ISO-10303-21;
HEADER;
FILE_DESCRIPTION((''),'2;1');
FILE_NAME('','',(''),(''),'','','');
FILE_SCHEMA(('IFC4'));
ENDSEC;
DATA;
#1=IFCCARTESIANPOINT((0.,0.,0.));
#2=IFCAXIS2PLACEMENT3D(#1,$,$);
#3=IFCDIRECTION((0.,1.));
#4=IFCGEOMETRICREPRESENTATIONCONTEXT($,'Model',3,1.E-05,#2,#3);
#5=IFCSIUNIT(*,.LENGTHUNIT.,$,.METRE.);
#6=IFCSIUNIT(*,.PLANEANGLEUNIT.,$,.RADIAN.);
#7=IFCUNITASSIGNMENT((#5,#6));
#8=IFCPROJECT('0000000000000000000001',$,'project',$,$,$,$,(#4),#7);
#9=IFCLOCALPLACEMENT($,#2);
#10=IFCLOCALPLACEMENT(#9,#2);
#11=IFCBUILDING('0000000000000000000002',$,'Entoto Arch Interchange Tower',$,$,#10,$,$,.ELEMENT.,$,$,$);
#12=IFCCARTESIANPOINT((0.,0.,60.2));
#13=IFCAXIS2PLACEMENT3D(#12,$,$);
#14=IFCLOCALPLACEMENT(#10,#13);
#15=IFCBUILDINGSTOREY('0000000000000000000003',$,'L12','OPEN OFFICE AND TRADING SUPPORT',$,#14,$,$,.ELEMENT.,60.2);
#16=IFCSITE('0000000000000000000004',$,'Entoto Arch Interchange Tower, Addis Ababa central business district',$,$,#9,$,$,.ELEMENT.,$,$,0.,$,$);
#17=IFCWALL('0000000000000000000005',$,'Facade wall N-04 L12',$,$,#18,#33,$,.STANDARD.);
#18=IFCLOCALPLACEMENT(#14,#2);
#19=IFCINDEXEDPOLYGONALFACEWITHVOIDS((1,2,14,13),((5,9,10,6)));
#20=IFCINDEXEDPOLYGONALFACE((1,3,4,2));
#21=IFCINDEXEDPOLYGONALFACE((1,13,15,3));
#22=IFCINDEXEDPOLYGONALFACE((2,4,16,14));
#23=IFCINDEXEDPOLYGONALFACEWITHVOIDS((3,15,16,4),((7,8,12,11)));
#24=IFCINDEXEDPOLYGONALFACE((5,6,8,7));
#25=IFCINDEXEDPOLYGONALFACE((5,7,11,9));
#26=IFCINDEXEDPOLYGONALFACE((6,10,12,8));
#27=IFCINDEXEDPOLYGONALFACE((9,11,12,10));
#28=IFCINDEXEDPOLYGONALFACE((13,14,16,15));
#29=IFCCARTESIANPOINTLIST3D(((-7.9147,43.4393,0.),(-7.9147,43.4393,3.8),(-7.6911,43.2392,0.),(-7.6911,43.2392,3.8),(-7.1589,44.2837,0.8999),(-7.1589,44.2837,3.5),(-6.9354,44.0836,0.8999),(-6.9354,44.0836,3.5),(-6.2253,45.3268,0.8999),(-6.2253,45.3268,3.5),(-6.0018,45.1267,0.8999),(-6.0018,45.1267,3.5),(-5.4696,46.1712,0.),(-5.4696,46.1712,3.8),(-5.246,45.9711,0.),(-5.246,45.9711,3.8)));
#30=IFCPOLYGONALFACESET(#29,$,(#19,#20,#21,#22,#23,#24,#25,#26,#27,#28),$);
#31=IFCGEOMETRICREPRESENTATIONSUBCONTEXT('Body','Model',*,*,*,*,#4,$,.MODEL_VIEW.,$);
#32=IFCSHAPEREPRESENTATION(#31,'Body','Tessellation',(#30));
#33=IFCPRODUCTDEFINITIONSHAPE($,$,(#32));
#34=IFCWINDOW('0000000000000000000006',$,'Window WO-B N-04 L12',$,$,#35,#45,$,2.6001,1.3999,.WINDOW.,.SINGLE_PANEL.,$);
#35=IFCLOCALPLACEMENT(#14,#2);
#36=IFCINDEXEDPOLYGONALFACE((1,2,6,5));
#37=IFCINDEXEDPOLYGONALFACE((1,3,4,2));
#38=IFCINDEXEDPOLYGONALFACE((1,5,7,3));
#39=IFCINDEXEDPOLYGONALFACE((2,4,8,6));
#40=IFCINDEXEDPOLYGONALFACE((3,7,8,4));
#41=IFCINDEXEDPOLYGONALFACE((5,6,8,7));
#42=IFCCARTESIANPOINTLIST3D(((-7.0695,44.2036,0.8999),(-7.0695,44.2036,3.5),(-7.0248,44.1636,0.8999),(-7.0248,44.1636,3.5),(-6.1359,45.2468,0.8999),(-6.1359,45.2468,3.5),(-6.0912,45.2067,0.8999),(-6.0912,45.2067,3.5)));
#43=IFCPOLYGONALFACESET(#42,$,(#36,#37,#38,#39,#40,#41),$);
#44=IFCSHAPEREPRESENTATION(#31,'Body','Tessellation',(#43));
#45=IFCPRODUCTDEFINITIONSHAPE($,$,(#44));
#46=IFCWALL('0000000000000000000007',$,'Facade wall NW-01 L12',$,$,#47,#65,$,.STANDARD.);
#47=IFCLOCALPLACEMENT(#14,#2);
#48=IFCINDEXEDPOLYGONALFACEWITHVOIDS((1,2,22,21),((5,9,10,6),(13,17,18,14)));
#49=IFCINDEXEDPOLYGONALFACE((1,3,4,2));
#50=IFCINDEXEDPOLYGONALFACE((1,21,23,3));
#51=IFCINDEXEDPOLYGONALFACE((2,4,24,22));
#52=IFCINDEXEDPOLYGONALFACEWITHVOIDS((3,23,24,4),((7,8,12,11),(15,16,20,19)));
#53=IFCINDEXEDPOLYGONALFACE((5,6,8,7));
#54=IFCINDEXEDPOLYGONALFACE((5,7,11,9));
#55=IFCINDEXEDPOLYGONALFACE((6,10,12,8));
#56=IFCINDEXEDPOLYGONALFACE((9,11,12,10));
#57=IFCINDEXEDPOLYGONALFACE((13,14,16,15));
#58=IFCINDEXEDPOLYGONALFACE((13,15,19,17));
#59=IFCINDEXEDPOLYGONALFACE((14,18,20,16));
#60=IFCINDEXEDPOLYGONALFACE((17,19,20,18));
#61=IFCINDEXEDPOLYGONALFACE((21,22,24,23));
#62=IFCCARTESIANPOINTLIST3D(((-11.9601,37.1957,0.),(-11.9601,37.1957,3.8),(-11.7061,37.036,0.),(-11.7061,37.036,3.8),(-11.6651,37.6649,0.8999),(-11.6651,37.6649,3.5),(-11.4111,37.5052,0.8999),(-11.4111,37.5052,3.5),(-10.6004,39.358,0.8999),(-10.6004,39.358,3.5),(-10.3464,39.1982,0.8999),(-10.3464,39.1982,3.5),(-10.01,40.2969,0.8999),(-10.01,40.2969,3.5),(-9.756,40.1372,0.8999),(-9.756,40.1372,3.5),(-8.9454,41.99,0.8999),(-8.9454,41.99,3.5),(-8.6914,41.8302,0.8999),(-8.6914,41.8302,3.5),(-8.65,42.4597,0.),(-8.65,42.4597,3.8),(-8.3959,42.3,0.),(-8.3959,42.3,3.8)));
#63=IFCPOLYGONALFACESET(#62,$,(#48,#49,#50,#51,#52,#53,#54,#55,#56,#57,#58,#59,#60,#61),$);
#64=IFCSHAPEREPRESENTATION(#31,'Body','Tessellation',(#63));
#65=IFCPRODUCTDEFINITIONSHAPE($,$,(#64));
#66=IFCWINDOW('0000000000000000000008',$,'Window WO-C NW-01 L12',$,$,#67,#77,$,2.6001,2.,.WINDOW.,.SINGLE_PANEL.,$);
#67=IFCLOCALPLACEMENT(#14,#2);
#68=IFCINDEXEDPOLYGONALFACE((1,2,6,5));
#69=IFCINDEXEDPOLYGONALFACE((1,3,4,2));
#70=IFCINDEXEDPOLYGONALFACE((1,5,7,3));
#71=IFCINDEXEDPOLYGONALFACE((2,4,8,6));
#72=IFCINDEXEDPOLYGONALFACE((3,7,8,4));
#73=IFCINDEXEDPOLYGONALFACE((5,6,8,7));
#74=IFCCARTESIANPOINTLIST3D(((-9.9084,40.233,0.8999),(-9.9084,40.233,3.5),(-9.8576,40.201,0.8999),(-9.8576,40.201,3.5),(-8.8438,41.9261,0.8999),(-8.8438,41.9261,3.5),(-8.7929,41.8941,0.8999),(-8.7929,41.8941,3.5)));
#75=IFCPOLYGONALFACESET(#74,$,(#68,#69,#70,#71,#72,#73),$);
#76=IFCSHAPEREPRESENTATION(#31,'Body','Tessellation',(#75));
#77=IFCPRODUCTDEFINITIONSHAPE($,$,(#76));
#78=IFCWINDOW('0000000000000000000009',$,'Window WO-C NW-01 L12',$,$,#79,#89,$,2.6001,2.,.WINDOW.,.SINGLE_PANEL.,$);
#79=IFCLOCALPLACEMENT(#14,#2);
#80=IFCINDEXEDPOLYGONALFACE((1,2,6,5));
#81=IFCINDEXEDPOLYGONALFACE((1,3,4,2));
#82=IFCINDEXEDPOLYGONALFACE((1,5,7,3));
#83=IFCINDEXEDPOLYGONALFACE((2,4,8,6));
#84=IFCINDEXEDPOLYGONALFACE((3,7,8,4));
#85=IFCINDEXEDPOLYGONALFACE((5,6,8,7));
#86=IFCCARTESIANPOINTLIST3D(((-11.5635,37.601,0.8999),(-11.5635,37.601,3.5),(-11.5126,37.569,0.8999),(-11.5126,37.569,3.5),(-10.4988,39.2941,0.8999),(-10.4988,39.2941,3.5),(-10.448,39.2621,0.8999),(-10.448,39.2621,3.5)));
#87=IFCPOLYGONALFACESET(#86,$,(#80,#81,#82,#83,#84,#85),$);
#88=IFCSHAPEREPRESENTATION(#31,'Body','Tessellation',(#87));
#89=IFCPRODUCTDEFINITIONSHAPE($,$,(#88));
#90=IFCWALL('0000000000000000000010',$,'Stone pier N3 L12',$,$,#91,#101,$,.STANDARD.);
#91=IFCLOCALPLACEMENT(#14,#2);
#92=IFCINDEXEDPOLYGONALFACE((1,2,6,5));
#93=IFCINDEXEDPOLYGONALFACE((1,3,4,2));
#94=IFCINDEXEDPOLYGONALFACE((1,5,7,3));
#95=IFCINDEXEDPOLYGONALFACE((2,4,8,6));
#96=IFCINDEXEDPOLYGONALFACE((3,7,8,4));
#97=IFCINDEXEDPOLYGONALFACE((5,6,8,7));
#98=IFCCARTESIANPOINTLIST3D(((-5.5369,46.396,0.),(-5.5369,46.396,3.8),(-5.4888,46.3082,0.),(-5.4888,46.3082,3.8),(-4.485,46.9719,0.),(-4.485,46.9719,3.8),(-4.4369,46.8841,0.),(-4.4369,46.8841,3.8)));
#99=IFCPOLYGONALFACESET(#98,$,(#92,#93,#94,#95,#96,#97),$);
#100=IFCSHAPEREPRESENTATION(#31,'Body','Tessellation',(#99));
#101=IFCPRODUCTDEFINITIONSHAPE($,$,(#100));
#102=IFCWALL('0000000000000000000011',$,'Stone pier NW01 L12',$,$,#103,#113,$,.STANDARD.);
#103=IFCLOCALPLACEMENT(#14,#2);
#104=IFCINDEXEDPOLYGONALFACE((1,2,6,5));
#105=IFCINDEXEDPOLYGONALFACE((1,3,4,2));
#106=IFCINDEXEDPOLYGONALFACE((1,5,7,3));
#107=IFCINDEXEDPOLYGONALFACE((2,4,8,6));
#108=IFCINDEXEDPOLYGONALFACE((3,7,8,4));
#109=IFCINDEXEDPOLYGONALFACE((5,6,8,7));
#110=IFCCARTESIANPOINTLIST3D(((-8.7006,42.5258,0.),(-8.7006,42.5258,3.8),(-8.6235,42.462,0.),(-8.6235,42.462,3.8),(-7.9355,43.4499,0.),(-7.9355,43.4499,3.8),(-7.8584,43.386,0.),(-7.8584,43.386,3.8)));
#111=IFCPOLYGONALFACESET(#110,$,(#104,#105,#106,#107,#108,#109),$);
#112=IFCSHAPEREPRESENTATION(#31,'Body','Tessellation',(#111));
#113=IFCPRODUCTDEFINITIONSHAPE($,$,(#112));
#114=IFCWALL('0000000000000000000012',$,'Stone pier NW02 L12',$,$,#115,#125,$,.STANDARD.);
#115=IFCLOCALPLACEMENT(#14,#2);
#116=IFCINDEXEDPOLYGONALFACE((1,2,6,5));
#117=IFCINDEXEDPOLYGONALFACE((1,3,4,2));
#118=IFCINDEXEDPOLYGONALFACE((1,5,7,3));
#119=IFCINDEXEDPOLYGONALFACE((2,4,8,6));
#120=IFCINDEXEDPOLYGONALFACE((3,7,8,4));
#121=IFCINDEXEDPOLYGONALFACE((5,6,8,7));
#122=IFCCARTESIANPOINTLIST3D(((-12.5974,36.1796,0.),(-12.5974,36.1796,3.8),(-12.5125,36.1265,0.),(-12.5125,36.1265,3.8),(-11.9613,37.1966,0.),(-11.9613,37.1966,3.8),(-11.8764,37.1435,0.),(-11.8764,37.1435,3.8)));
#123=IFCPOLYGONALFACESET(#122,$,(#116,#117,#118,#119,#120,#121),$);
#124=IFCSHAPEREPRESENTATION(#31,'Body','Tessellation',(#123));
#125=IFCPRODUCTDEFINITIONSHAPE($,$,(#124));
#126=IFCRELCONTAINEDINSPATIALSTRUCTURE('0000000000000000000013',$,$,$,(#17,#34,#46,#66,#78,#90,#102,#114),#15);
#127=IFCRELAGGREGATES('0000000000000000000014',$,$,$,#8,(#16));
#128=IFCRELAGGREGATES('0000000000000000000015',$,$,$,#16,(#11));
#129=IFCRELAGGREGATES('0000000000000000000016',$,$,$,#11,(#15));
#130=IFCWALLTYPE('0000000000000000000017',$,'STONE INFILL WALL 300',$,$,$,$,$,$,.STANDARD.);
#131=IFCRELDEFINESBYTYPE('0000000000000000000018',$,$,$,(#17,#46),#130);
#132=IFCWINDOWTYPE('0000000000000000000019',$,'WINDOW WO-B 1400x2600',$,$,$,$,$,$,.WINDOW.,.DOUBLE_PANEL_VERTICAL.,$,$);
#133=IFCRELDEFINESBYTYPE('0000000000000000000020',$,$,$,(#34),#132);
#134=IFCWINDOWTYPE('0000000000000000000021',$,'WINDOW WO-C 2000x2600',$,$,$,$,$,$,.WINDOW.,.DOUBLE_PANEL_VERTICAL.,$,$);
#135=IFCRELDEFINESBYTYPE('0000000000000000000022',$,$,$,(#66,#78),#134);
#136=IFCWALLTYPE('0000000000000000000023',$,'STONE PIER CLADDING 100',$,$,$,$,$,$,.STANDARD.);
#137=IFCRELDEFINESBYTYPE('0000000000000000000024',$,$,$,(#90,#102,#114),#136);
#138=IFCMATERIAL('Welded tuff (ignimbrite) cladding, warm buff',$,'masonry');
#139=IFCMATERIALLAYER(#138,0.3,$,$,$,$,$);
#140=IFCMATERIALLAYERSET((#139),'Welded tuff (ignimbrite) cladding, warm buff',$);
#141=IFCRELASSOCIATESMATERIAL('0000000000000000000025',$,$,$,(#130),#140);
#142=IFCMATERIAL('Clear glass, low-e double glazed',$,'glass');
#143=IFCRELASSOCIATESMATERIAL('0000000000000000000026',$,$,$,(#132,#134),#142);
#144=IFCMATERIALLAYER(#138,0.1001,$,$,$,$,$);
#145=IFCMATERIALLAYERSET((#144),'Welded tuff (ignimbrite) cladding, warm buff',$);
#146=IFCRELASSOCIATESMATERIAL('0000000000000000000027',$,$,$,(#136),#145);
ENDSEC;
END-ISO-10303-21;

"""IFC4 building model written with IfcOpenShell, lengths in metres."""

from ifc_helpers import new_model, si_unit, direction, frame, frame_2d, origin, place, context, subcontext, project, spatial, rectangle, extrude, material, layer, layer_set, type_object, element, fill, save


model = new_model("IFC4")

# Units and contexts
model_context = context("Model", 3, precision=1e-05, world=origin(), true_north=direction((0.0, 1.0)))
body_context = subcontext(model_context, "Body", "Model", "MODEL_VIEW")
ifc_project = project(units=[si_unit("LENGTHUNIT", "METRE"), si_unit("PLANEANGLEUNIT", "RADIAN")], contexts=[model_context])

# Site, building, storey
site_placement = place(None, origin())
site = spatial("IfcSite", under=ifc_project, at=site_placement, Name="Entoto Arch Interchange Tower, Addis Ababa central business district", CompositionType="ELEMENT", RefElevation=0.0)
building_placement = place(site_placement, origin())
building = spatial("IfcBuilding", under=site, at=building_placement, Name="Entoto Arch Interchange Tower", CompositionType="ELEMENT")
storey_placement = place(building_placement, frame((0.0, 0.0, 60.2)))
storey = spatial("IfcBuildingStorey", under=building, at=storey_placement, Name="L12", Description="OPEN OFFICE AND TRADING SUPPORT", CompositionType="ELEMENT", Elevation=60.2)

# Wall, opening, window
ifc_material_1 = material(Name="Welded tuff (ignimbrite) cladding, warm buff", Category="masonry")
ifc_layer_1 = layer(ifc_material_1, 0.3)
ifc_layer_set_1 = layer_set([ifc_layer_1], Name="Welded tuff (ignimbrite) cladding, warm buff")
wall_type_1 = type_object("IfcWallType", Name="STONE INFILL WALL 300", PredefinedType="STANDARD", material=ifc_layer_set_1)
ifc_material_2 = material(Name="Clear glass, low-e double glazed", Category="glass")
window_type_1 = type_object("IfcWindowType", Name="WINDOW WO-B 1400x2600", PartitioningType="DOUBLE_PANEL_VERTICAL", PredefinedType="WINDOW", material=ifc_material_2)
wall_1_placement = place(storey_placement, frame((-5.3579, 46.071, 0.0), z_axis=(0.0, 0.0, 1.0), x_axis=(-0.666902, -0.745146, 0.0)))
wall_1 = element("IfcWall", 1, at=wall_1_placement, inside=storey, type_object=wall_type_1, Name="Facade wall N-04 L12", PredefinedType="STANDARD", context=body_context, shape_type="SweptSolid", body=[
    extrude(rectangle(XDim=3.6663, YDim=0.3, at=frame_2d((1.833, 0.0))), origin(), (0.0, 0.0, 1.0), 3.8),
])
opening_1_placement = place(wall_1_placement, frame((1.1331, 0.0, 0.8999)))
opening_1 = element("IfcOpeningElement", 2, at=opening_1_placement, cuts=wall_1, PredefinedType="OPENING", context=body_context, shape_type="SweptSolid", body=[
    extrude(rectangle(XDim=1.3999, YDim=2.6001, at=frame_2d((0.7, 1.3))), frame((0.0, 0.1602, 0.0), z_axis=(0.0, -1.0, 0.0), x_axis=(1.0, 0.0, 0.0)), (0.0, 0.0, 1.0), 0.3201),
])
window_1_placement = place(opening_1_placement, origin())
window_1 = element("IfcWindow", 3, at=window_1_placement, inside=storey, type_object=window_type_1, Name="Window WO-B N-04 L12", OverallHeight=2.6001, OverallWidth=1.3999, PartitioningType="SINGLE_PANEL", PredefinedType="WINDOW", context=body_context, shape_type="SweptSolid", body=[
    extrude(rectangle(XDim=1.3999, YDim=2.6001, at=frame_2d((0.7, 1.3))), frame((0.0, 0.03, 0.0), z_axis=(0.0, -1.0, 0.0), x_axis=(1.0, 0.0, 0.0)), (0.0, 0.0, 1.0), 0.0601),
])
fill(opening_1, window_1)

# Wall, openings, windows
wall_2_placement = place(storey_placement, frame((-8.5229, 42.3799, 0.0), z_axis=(0.0, 0.0, 1.0), x_axis=(-0.532323, -0.846542, 0.0)))
wall_2 = element("IfcWall", 4, at=wall_2_placement, inside=storey, type_object=wall_type_1, Name="Facade wall NW-01 L12", PredefinedType="STANDARD", context=body_context, shape_type="SweptSolid", body=[
    extrude(rectangle(XDim=6.2183, YDim=0.3, at=frame_2d((3.1091, 0.0))), origin(), (0.0, 0.0, 1.0), 3.8),
])
opening_2_placement = place(wall_2_placement, frame((0.5549, 0.0, 0.8999)))
opening_2 = element("IfcOpeningElement", 5, at=opening_2_placement, cuts=wall_2, PredefinedType="OPENING", context=body_context, shape_type="SweptSolid", body=[
    extrude(rectangle(XDim=2.0, YDim=2.6001, at=frame_2d((1.0, 1.3))), frame((0.0, 0.1602, 0.0), z_axis=(0.0, -1.0, 0.0), x_axis=(1.0, 0.0, 0.0)), (0.0, 0.0, 1.0), 0.3201),
])
opening_3_placement = place(wall_2_placement, frame((3.6641, 0.0, 0.8999)))
opening_3 = element("IfcOpeningElement", 6, at=opening_3_placement, cuts=wall_2, PredefinedType="OPENING", context=body_context, shape_type="SweptSolid", body=[
    extrude(rectangle(XDim=2.0, YDim=2.6001, at=frame_2d((1.0, 1.3))), frame((0.0, 0.1602, 0.0), z_axis=(0.0, -1.0, 0.0), x_axis=(1.0, 0.0, 0.0)), (0.0, 0.0, 1.0), 0.3201),
])
window_type_2 = type_object("IfcWindowType", Name="WINDOW WO-C 2000x2600", PartitioningType="DOUBLE_PANEL_VERTICAL", PredefinedType="WINDOW", material=ifc_material_2)
window_2_placement = place(opening_2_placement, origin())
window_2 = element("IfcWindow", 7, at=window_2_placement, inside=storey, type_object=window_type_2, Name="Window WO-C NW-01 L12", OverallHeight=2.6001, OverallWidth=2.0, PartitioningType="SINGLE_PANEL", PredefinedType="WINDOW", context=body_context, shape_type="SweptSolid", body=[
    extrude(rectangle(XDim=2.0, YDim=2.6001, at=frame_2d((1.0, 1.3))), frame((0.0, 0.03, 0.0), z_axis=(0.0, -1.0, 0.0), x_axis=(1.0, 0.0, 0.0)), (0.0, 0.0, 1.0), 0.0601),
])
fill(opening_2, window_2)
window_3_placement = place(opening_3_placement, origin())
window_3 = element("IfcWindow", 8, at=window_3_placement, inside=storey, type_object=window_type_2, Name="Window WO-C NW-01 L12", OverallHeight=2.6001, OverallWidth=2.0, PartitioningType="SINGLE_PANEL", PredefinedType="WINDOW", context=body_context, shape_type="SweptSolid", body=[
    extrude(rectangle(XDim=2.0, YDim=2.6001, at=frame_2d((1.0, 1.3))), frame((0.0, 0.03, 0.0), z_axis=(0.0, -1.0, 0.0), x_axis=(1.0, 0.0, 0.0)), (0.0, 0.0, 1.0), 0.0601),
])
fill(opening_3, window_3)

# Walls
ifc_layer_2 = layer(ifc_material_1, 0.1001)
ifc_layer_set_2 = layer_set([ifc_layer_2], Name="Welded tuff (ignimbrite) cladding, warm buff")
wall_type_2 = type_object("IfcWallType", Name="STONE PIER CLADDING 100", PredefinedType="STANDARD", material=ifc_layer_set_2)
wall_3_placement = place(storey_placement, frame((-4.4609, 46.928, 0.0), z_axis=(0.0, 0.0, 1.0), x_axis=(-0.877155, -0.480206, 0.0)))
element("IfcWall", 9, at=wall_3_placement, inside=storey, type_object=wall_type_2, Name="Stone pier N3 L12", PredefinedType="STANDARD", context=body_context, shape_type="SweptSolid", body=[
    extrude(rectangle(XDim=1.1992, YDim=0.1001, at=frame_2d((0.5996, 0.0))), origin(), (0.0, 0.0, 1.0), 3.8),
])
wall_4_placement = place(storey_placement, frame((-7.897, 43.418, 0.0), z_axis=(0.0, 0.0, 1.0), x_axis=(-0.637759, -0.770236, 0.0)))
element("IfcWall", 10, at=wall_4_placement, inside=storey, type_object=wall_type_2, Name="Stone pier NW01 L12", PredefinedType="STANDARD", context=body_context, shape_type="SweptSolid", body=[
    extrude(rectangle(XDim=1.1997, YDim=0.1001, at=frame_2d((0.5999, 0.0))), origin(), (0.0, 0.0, 1.0), 3.8),
])
wall_5_placement = place(storey_placement, frame((-11.9189, 37.1699, 0.0), z_axis=(0.0, 0.0, 1.0), x_axis=(-0.530273, -0.847827, 0.0)))
element("IfcWall", 11, at=wall_5_placement, inside=storey, type_object=wall_type_2, Name="Stone pier NW02 L12", PredefinedType="STANDARD", context=body_context, shape_type="SweptSolid", body=[
    extrude(rectangle(XDim=1.1995, YDim=0.1001, at=frame_2d((0.5996, 0.0))), origin(), (0.0, 0.0, 1.0), 3.8),
])

save(model, "model.ifc")
